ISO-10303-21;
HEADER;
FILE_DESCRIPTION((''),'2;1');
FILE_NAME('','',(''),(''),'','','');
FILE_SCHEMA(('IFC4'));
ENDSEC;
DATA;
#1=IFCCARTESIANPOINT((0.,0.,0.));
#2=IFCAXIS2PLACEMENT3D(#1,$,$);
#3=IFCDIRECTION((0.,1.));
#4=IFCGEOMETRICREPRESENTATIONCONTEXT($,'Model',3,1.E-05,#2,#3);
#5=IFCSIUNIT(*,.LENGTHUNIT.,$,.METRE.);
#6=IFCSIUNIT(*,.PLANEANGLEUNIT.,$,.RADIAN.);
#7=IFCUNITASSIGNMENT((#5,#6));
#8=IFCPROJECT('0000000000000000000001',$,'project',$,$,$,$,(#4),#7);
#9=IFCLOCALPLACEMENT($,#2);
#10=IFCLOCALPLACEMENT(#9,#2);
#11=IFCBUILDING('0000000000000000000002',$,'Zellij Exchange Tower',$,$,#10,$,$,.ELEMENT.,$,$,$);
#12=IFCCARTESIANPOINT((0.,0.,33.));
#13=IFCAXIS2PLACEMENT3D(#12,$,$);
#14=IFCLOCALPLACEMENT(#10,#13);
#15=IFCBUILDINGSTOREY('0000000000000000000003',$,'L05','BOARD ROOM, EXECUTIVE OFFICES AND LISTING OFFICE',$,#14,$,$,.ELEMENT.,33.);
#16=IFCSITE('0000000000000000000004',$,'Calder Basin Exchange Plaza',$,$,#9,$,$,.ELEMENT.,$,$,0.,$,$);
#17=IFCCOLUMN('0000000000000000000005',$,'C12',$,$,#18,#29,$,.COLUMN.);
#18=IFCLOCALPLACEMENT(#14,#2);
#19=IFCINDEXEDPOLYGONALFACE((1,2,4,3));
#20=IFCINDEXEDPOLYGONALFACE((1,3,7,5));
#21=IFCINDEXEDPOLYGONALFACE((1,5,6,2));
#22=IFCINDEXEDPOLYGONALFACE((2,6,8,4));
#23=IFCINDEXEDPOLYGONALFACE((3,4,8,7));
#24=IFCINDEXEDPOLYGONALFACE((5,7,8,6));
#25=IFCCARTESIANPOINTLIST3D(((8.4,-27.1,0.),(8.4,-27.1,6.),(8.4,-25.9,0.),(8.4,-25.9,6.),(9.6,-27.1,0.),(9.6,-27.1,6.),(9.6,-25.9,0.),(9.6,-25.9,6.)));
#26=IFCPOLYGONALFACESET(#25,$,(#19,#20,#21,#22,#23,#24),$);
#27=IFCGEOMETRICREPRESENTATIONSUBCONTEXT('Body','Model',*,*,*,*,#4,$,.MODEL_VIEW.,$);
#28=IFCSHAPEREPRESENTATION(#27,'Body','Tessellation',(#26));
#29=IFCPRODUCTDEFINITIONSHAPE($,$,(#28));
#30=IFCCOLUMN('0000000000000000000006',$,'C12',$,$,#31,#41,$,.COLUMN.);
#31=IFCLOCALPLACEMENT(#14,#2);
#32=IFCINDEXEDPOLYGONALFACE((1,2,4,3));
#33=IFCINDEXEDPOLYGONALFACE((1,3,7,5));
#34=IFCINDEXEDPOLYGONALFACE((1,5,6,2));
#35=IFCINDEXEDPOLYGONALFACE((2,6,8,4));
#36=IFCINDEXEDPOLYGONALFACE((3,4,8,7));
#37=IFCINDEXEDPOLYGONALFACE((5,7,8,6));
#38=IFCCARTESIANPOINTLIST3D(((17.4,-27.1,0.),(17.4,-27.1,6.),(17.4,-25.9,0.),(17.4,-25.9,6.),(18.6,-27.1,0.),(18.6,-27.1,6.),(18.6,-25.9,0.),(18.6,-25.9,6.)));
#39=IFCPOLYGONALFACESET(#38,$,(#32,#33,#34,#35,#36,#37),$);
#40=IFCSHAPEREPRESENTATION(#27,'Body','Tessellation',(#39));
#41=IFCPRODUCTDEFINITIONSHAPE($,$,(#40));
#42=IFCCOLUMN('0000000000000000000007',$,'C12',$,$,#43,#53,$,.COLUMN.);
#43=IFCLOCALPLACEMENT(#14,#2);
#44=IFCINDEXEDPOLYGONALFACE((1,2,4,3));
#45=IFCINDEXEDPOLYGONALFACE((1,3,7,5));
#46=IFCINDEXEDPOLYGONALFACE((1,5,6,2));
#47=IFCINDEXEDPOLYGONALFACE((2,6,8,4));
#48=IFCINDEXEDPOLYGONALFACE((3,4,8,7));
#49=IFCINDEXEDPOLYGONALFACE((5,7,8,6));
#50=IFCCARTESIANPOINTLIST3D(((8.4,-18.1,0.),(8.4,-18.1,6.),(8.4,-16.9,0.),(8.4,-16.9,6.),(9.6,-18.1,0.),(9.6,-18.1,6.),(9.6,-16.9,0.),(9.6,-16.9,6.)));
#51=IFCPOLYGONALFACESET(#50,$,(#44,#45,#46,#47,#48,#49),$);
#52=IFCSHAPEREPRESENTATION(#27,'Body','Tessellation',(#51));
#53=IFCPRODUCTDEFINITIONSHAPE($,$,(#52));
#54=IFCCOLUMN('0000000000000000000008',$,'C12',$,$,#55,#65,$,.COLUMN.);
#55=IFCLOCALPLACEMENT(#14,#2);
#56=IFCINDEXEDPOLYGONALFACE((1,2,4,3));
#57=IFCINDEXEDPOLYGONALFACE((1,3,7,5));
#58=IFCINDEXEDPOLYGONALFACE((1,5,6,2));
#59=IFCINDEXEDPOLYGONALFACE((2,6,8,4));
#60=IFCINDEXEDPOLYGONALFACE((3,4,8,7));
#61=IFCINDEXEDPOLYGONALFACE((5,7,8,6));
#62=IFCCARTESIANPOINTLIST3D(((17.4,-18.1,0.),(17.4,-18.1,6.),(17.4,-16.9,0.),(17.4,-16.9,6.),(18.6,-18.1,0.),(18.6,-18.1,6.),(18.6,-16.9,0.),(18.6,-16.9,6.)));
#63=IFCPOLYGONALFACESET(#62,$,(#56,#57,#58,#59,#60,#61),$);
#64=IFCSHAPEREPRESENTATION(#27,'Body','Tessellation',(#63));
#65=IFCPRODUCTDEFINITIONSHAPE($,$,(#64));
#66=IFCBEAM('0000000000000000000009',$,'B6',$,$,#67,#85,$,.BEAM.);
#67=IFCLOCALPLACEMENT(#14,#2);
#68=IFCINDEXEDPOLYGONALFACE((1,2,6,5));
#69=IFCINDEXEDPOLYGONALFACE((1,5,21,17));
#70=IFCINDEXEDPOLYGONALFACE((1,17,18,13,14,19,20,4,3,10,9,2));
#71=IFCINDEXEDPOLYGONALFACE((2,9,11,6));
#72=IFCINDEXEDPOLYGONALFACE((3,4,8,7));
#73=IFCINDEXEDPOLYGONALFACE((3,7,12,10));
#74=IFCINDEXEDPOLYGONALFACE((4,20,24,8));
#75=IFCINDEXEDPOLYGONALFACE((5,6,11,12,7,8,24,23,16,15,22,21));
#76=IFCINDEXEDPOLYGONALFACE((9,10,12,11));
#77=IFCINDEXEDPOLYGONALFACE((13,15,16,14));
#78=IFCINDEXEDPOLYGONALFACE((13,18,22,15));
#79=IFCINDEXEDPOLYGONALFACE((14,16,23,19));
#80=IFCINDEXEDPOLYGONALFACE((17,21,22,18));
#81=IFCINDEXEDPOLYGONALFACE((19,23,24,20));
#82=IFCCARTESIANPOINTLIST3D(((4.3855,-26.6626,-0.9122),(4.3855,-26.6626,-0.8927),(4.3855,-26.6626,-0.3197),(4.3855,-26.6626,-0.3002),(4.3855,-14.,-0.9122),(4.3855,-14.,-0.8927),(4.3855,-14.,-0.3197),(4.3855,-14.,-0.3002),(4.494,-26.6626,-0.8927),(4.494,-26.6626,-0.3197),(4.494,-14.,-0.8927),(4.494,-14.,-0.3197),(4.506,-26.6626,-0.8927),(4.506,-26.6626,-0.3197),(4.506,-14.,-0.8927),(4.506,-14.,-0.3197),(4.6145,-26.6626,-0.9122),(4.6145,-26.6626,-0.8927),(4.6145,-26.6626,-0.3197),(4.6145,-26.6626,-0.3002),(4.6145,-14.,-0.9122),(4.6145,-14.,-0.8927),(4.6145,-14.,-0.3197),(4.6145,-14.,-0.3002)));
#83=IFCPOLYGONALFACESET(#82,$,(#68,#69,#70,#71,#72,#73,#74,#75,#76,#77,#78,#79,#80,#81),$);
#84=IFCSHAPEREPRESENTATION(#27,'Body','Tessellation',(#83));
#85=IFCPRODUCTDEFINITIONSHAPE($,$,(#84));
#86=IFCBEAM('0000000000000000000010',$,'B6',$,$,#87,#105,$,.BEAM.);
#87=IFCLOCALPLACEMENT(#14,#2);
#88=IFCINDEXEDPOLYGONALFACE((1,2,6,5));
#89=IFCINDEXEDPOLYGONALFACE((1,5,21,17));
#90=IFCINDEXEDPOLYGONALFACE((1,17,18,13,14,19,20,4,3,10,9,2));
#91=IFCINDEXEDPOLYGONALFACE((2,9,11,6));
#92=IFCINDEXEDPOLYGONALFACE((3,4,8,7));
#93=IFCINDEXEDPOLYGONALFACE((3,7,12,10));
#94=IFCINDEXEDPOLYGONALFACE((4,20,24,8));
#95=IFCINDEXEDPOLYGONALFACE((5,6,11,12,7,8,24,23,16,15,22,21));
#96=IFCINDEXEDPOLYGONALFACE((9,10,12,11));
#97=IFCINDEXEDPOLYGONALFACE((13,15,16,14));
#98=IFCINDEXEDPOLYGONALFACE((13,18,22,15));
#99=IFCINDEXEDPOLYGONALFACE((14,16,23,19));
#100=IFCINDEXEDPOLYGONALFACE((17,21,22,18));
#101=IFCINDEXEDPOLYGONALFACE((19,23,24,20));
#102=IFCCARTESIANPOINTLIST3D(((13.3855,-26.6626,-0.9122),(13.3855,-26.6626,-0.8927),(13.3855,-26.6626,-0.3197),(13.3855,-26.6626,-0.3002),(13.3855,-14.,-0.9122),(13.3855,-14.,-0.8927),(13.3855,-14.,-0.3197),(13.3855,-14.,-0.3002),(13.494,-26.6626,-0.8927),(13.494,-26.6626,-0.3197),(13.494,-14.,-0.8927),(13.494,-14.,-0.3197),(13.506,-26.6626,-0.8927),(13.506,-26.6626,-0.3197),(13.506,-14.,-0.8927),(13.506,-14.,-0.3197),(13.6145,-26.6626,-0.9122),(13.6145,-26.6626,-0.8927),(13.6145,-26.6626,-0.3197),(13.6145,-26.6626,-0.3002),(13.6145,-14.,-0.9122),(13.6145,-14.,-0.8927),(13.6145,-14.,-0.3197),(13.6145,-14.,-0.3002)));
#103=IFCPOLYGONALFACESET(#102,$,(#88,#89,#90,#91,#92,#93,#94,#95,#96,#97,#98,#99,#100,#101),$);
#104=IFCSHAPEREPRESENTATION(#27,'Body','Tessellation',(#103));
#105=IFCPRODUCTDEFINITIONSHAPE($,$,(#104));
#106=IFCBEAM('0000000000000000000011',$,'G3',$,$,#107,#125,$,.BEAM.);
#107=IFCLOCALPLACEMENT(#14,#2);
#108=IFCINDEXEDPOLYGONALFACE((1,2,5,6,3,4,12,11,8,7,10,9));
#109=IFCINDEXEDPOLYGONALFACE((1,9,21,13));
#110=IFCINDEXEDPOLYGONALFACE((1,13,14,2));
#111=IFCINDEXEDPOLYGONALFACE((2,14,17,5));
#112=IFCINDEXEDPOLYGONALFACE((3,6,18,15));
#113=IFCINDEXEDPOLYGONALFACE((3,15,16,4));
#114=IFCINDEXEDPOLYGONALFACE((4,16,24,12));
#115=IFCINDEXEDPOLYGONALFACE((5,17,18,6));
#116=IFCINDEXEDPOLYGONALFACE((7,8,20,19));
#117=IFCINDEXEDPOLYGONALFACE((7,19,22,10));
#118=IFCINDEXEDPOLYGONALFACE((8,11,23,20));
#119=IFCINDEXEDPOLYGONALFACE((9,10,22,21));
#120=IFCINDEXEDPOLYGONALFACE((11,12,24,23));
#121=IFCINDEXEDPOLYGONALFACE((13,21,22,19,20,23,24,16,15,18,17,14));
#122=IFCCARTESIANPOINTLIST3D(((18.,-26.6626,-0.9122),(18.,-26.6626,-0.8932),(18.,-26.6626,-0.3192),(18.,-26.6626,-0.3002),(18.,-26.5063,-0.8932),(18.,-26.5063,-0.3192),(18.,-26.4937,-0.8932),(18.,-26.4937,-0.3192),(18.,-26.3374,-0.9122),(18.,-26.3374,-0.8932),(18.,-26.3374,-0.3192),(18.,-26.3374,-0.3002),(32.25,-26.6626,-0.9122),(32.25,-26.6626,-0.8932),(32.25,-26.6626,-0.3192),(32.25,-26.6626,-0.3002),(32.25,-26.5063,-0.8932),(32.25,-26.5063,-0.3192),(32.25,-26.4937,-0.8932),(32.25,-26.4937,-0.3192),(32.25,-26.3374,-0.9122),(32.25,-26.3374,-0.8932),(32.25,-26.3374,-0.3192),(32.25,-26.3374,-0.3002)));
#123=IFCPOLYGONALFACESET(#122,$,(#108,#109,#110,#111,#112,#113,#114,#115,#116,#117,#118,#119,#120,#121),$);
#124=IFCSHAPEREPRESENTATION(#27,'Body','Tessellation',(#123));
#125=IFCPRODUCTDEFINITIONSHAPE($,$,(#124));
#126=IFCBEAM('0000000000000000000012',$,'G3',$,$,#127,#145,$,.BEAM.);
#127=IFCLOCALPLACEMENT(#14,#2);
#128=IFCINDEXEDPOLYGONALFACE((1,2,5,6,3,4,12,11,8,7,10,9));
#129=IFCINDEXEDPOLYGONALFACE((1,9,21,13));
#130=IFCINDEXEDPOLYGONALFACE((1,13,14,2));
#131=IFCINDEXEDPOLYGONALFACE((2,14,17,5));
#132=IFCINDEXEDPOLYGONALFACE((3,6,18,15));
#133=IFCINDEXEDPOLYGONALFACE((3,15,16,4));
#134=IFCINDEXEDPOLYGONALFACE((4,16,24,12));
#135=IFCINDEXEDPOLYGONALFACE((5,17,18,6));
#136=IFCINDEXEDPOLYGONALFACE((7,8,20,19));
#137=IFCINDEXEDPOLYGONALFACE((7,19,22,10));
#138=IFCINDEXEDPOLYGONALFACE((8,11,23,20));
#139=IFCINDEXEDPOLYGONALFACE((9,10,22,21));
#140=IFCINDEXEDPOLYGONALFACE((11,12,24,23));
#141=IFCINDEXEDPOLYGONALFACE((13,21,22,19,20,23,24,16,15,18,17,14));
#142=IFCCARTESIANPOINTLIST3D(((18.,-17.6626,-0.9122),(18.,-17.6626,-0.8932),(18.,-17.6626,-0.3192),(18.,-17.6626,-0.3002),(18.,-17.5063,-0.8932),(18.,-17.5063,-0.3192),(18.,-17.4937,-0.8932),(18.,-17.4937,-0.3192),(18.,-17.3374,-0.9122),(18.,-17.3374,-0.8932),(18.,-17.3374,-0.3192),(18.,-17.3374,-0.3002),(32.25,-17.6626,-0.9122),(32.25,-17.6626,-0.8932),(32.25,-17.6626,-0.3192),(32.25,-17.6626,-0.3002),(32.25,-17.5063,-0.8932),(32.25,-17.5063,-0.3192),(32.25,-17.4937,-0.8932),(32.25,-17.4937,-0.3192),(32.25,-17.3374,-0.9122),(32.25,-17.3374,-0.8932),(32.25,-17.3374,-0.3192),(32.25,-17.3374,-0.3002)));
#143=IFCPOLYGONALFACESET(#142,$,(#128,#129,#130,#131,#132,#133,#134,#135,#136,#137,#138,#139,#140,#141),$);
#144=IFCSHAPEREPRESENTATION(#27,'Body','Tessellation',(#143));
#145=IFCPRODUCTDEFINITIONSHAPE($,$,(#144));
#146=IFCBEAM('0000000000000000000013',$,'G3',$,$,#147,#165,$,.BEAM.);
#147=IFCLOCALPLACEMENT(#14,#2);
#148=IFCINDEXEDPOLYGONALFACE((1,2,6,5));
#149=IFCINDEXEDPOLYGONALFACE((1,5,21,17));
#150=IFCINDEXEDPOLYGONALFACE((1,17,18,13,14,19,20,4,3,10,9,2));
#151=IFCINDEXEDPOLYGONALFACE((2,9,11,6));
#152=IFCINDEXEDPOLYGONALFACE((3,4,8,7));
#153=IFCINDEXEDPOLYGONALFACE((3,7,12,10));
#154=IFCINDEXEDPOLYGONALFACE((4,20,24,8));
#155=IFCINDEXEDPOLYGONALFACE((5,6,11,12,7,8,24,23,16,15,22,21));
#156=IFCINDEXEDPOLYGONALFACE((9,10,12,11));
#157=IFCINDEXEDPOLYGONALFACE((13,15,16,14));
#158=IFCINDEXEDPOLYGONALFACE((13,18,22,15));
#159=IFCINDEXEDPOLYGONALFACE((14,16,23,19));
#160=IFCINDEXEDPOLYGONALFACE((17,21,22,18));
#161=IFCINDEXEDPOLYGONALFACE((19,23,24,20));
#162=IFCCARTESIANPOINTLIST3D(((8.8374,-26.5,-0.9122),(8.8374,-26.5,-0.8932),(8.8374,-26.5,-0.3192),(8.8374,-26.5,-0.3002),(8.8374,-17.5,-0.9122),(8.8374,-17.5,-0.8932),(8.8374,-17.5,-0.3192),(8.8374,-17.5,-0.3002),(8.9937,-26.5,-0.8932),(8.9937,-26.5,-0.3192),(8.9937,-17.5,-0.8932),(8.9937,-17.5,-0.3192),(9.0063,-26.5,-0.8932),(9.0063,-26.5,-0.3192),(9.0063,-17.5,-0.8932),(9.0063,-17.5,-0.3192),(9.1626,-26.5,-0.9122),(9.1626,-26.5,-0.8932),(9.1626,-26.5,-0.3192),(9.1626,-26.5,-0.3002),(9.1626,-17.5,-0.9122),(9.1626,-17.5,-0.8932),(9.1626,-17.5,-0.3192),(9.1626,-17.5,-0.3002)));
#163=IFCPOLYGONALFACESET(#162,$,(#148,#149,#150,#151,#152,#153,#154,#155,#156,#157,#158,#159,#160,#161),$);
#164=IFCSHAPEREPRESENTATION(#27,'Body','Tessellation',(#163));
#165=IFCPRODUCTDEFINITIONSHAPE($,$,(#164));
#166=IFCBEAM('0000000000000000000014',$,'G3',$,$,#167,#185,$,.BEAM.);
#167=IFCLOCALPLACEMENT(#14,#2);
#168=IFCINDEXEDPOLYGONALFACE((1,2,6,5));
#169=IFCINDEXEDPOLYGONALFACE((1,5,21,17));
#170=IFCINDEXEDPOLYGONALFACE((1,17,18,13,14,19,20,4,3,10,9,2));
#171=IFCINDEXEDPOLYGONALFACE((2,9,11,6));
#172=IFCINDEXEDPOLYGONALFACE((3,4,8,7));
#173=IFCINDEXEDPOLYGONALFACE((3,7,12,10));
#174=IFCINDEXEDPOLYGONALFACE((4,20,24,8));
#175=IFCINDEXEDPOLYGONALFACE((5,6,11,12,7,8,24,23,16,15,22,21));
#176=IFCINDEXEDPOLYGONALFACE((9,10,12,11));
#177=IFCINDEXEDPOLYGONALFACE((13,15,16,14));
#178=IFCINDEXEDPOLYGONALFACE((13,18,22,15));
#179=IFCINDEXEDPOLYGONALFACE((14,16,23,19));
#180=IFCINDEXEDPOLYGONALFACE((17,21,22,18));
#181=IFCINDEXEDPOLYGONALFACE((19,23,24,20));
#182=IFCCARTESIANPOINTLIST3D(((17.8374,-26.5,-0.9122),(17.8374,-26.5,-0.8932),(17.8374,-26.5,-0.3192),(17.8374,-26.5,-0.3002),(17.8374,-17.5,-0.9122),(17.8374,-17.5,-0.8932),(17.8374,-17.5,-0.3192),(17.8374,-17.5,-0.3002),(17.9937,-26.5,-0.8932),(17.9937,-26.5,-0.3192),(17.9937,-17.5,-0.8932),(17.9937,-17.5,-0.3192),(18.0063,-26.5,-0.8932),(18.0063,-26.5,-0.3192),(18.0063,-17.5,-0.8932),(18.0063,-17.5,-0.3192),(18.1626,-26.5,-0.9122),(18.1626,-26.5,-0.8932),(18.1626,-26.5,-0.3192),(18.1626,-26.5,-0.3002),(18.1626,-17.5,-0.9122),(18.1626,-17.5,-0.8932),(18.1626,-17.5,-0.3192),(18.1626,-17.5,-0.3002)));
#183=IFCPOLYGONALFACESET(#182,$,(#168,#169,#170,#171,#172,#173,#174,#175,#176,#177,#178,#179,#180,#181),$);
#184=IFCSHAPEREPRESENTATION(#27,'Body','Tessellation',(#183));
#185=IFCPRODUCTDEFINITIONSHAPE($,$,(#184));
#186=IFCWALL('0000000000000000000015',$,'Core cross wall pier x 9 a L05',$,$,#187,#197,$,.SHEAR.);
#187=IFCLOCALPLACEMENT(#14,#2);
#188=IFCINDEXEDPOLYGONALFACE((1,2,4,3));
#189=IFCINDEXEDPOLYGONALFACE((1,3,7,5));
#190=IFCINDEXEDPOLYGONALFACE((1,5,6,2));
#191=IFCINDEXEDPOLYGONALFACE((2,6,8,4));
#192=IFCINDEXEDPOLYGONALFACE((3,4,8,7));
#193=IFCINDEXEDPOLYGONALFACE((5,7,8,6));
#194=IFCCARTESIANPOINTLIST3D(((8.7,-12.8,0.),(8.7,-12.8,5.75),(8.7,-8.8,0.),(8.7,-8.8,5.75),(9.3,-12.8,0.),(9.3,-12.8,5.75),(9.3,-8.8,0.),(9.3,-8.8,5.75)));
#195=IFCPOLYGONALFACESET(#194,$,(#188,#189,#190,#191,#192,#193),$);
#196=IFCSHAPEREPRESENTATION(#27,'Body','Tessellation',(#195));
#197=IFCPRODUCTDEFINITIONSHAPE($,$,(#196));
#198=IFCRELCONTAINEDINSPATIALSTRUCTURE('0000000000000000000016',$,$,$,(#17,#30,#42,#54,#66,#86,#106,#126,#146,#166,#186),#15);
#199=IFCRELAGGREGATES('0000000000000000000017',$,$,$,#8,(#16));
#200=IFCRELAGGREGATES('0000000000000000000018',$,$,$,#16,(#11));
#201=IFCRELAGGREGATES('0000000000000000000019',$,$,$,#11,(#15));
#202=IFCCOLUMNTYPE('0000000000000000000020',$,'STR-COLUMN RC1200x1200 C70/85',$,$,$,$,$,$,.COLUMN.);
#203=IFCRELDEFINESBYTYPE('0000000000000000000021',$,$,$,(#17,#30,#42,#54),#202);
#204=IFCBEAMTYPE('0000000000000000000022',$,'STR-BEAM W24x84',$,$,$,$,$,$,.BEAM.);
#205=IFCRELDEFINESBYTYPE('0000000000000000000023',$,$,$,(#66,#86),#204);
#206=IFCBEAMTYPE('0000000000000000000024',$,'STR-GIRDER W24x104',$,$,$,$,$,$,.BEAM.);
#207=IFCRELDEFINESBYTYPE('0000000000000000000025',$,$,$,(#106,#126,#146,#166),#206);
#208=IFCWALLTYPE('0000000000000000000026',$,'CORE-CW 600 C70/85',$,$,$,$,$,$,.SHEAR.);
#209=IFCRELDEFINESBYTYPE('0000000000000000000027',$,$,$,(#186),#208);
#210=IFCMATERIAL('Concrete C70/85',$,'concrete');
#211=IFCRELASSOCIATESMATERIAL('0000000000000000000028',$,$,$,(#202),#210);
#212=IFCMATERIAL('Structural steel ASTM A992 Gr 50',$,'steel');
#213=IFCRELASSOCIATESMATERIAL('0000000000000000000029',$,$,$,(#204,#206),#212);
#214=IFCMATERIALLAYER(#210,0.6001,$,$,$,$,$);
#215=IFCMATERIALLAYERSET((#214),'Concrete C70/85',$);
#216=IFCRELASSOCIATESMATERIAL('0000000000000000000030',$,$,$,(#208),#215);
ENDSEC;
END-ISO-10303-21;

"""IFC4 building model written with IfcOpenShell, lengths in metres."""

from ifc_helpers import new_model, si_unit, direction, frame, frame_2d, origin, origin_2d, place, context, subcontext, project, spatial, rectangle, i_section, extrude, material, layer, layer_set, material_profile, profile_set, type_object, element, save


model = new_model("IFC4")

# Units and contexts
model_context = context("Model", 3, precision=1e-05, world=origin(), true_north=direction((0.0, 1.0)))
body_context = subcontext(model_context, "Body", "Model", "MODEL_VIEW")
ifc_project = project(units=[si_unit("LENGTHUNIT", "METRE"), si_unit("PLANEANGLEUNIT", "RADIAN")], contexts=[model_context])

# Site, building, storey
site_placement = place(None, origin())
site = spatial("IfcSite", under=ifc_project, at=site_placement, Name="Calder Basin Exchange Plaza", CompositionType="ELEMENT", RefElevation=0.0)
building_placement = place(site_placement, origin())
building = spatial("IfcBuilding", under=site, at=building_placement, Name="Zellij Exchange Tower", CompositionType="ELEMENT")
storey_placement = place(building_placement, frame((0.0, 0.0, 33.0)))
storey = spatial("IfcBuildingStorey", under=building, at=storey_placement, Name="L05", Description="BOARD ROOM, EXECUTIVE OFFICES AND LISTING OFFICE", CompositionType="ELEMENT", Elevation=33.0)

# Columns
ifc_material_1 = material(Name="Concrete C70/85", Category="concrete")
ifc_material_profile_1 = material_profile(ifc_material_1, rectangle(XDim=1.2, YDim=1.2, at=origin_2d()), Name="STR-COLUMN RC1200x1200 C70/85")
ifc_profile_set_1 = profile_set([ifc_material_profile_1], Name="Concrete C70/85")
column_type = type_object("IfcColumnType", Name="STR-COLUMN RC1200x1200 C70/85", PredefinedType="COLUMN", material=ifc_profile_set_1)
for number, where, z_axis, x_axis, name in (
    (1, (9.0, -26.5, 0.0), (0.0, 0.0, 1.0), (1.0, 0.0, 0.0), "C12"),
    (2, (18.0, -26.5, 0.0), (0.0, 0.0, 1.0), (1.0, 0.0, 0.0), "C12"),
    (3, (9.0, -17.5, 0.0), (0.0, 0.0, 1.0), (1.0, 0.0, 0.0), "C12"),
    (4, (18.0, -17.5, 0.0), (0.0, 0.0, 1.0), (1.0, 0.0, 0.0), "C12"),
):
    element("IfcColumn", number, at=place(storey_placement, frame(where, z_axis=z_axis, x_axis=x_axis)), inside=storey, type_object=column_type, Name=name, PredefinedType="COLUMN", context=body_context, shape_type="SweptSolid", body=[
        extrude(rectangle(XDim=1.2, YDim=1.2, at=origin_2d()), origin(), (0.0, 0.0, 1.0), 6.0),
    ])

# Beams
ifc_material_2 = material(Name="Structural steel ASTM A992 Gr 50", Category="steel")
ifc_material_profile_2 = material_profile(ifc_material_2, i_section(OverallWidth=0.229, OverallDepth=0.6121, WebThickness=0.012, FlangeThickness=0.0195, at=origin_2d()), Name="W24x84")
ifc_profile_set_2 = profile_set([ifc_material_profile_2], Name="Structural steel ASTM A992 Gr 50")
beam_type_1 = type_object("IfcBeamType", Name="STR-BEAM W24x84", PredefinedType="BEAM", material=ifc_profile_set_2)
for number, where, z_axis, x_axis, name in (
    (5, (4.5, -26.6626, -0.6062), (0.0, 1.0, 0.0), (-1.0, 0.0, 0.0), "B6"),
    (6, (13.5, -26.6626, -0.6062), (0.0, 1.0, 0.0), (-1.0, 0.0, 0.0), "B6"),
):
    element("IfcBeam", number, at=place(storey_placement, frame(where, z_axis=z_axis, x_axis=x_axis)), inside=storey, type_object=beam_type_1, Name=name, PredefinedType="BEAM", context=body_context, shape_type="SweptSolid", body=[
        extrude(i_section(OverallWidth=0.229, OverallDepth=0.6121, WebThickness=0.012, FlangeThickness=0.0195, at=origin_2d()), origin(), (0.0, 0.0, 1.0), 12.6626),
    ])
ifc_material_profile_3 = material_profile(ifc_material_2, i_section(OverallWidth=0.3252, OverallDepth=0.6121, WebThickness=0.0127, FlangeThickness=0.019, at=origin_2d()), Name="W24x104")
ifc_profile_set_3 = profile_set([ifc_material_profile_3], Name="Structural steel ASTM A992 Gr 50")
beam_type_2 = type_object("IfcBeamType", Name="STR-GIRDER W24x104", PredefinedType="BEAM", material=ifc_profile_set_3)
for number, where, z_axis, x_axis, name in (
    (7, (18.0, -26.5, -0.6062), (1.0, 0.0, 0.0), (0.0, 1.0, 0.0), "G3"),
    (8, (18.0, -17.5, -0.6062), (1.0, 0.0, 0.0), (0.0, 1.0, 0.0), "G3"),
):
    element("IfcBeam", number, at=place(storey_placement, frame(where, z_axis=z_axis, x_axis=x_axis)), inside=storey, type_object=beam_type_2, Name=name, PredefinedType="BEAM", context=body_context, shape_type="SweptSolid", body=[
        extrude(i_section(OverallWidth=0.3252, OverallDepth=0.6121, WebThickness=0.0127, FlangeThickness=0.019, at=origin_2d()), origin(), (0.0, 0.0, 1.0), 14.25),
    ])
for number, where, z_axis, x_axis, name in (
    (9, (9.0, -26.5, -0.6062), (0.0, 1.0, 0.0), (-1.0, 0.0, 0.0), "G3"),
    (10, (18.0, -26.5, -0.6062), (0.0, 1.0, 0.0), (-1.0, 0.0, 0.0), "G3"),
):
    element("IfcBeam", number, at=place(storey_placement, frame(where, z_axis=z_axis, x_axis=x_axis)), inside=storey, type_object=beam_type_2, Name=name, PredefinedType="BEAM", context=body_context, shape_type="SweptSolid", body=[
        extrude(i_section(OverallWidth=0.3252, OverallDepth=0.6121, WebThickness=0.0127, FlangeThickness=0.019, at=origin_2d()), origin(), (0.0, 0.0, 1.0), 9.0),
    ])

# Wall
ifc_layer_1 = layer(ifc_material_1, 0.6001)
ifc_layer_set_1 = layer_set([ifc_layer_1], Name="Concrete C70/85")
wall_type_1 = type_object("IfcWallType", Name="CORE-CW 600 C70/85", PredefinedType="SHEAR", material=ifc_layer_set_1)
wall_1_placement = place(storey_placement, frame((9.0, -12.8, 0.0), z_axis=(0.0, 0.0, 1.0), x_axis=(0.0, 1.0, 0.0)))
element("IfcWall", 11, at=wall_1_placement, inside=storey, type_object=wall_type_1, Name="Core cross wall pier x 9 a L05", PredefinedType="SHEAR", context=body_context, shape_type="SweptSolid", body=[
    extrude(rectangle(XDim=4.0, YDim=0.6001, at=frame_2d((2.0, 0.0))), origin(), (0.0, 0.0, 1.0), 5.75),
])

save(model, "model.ifc")
